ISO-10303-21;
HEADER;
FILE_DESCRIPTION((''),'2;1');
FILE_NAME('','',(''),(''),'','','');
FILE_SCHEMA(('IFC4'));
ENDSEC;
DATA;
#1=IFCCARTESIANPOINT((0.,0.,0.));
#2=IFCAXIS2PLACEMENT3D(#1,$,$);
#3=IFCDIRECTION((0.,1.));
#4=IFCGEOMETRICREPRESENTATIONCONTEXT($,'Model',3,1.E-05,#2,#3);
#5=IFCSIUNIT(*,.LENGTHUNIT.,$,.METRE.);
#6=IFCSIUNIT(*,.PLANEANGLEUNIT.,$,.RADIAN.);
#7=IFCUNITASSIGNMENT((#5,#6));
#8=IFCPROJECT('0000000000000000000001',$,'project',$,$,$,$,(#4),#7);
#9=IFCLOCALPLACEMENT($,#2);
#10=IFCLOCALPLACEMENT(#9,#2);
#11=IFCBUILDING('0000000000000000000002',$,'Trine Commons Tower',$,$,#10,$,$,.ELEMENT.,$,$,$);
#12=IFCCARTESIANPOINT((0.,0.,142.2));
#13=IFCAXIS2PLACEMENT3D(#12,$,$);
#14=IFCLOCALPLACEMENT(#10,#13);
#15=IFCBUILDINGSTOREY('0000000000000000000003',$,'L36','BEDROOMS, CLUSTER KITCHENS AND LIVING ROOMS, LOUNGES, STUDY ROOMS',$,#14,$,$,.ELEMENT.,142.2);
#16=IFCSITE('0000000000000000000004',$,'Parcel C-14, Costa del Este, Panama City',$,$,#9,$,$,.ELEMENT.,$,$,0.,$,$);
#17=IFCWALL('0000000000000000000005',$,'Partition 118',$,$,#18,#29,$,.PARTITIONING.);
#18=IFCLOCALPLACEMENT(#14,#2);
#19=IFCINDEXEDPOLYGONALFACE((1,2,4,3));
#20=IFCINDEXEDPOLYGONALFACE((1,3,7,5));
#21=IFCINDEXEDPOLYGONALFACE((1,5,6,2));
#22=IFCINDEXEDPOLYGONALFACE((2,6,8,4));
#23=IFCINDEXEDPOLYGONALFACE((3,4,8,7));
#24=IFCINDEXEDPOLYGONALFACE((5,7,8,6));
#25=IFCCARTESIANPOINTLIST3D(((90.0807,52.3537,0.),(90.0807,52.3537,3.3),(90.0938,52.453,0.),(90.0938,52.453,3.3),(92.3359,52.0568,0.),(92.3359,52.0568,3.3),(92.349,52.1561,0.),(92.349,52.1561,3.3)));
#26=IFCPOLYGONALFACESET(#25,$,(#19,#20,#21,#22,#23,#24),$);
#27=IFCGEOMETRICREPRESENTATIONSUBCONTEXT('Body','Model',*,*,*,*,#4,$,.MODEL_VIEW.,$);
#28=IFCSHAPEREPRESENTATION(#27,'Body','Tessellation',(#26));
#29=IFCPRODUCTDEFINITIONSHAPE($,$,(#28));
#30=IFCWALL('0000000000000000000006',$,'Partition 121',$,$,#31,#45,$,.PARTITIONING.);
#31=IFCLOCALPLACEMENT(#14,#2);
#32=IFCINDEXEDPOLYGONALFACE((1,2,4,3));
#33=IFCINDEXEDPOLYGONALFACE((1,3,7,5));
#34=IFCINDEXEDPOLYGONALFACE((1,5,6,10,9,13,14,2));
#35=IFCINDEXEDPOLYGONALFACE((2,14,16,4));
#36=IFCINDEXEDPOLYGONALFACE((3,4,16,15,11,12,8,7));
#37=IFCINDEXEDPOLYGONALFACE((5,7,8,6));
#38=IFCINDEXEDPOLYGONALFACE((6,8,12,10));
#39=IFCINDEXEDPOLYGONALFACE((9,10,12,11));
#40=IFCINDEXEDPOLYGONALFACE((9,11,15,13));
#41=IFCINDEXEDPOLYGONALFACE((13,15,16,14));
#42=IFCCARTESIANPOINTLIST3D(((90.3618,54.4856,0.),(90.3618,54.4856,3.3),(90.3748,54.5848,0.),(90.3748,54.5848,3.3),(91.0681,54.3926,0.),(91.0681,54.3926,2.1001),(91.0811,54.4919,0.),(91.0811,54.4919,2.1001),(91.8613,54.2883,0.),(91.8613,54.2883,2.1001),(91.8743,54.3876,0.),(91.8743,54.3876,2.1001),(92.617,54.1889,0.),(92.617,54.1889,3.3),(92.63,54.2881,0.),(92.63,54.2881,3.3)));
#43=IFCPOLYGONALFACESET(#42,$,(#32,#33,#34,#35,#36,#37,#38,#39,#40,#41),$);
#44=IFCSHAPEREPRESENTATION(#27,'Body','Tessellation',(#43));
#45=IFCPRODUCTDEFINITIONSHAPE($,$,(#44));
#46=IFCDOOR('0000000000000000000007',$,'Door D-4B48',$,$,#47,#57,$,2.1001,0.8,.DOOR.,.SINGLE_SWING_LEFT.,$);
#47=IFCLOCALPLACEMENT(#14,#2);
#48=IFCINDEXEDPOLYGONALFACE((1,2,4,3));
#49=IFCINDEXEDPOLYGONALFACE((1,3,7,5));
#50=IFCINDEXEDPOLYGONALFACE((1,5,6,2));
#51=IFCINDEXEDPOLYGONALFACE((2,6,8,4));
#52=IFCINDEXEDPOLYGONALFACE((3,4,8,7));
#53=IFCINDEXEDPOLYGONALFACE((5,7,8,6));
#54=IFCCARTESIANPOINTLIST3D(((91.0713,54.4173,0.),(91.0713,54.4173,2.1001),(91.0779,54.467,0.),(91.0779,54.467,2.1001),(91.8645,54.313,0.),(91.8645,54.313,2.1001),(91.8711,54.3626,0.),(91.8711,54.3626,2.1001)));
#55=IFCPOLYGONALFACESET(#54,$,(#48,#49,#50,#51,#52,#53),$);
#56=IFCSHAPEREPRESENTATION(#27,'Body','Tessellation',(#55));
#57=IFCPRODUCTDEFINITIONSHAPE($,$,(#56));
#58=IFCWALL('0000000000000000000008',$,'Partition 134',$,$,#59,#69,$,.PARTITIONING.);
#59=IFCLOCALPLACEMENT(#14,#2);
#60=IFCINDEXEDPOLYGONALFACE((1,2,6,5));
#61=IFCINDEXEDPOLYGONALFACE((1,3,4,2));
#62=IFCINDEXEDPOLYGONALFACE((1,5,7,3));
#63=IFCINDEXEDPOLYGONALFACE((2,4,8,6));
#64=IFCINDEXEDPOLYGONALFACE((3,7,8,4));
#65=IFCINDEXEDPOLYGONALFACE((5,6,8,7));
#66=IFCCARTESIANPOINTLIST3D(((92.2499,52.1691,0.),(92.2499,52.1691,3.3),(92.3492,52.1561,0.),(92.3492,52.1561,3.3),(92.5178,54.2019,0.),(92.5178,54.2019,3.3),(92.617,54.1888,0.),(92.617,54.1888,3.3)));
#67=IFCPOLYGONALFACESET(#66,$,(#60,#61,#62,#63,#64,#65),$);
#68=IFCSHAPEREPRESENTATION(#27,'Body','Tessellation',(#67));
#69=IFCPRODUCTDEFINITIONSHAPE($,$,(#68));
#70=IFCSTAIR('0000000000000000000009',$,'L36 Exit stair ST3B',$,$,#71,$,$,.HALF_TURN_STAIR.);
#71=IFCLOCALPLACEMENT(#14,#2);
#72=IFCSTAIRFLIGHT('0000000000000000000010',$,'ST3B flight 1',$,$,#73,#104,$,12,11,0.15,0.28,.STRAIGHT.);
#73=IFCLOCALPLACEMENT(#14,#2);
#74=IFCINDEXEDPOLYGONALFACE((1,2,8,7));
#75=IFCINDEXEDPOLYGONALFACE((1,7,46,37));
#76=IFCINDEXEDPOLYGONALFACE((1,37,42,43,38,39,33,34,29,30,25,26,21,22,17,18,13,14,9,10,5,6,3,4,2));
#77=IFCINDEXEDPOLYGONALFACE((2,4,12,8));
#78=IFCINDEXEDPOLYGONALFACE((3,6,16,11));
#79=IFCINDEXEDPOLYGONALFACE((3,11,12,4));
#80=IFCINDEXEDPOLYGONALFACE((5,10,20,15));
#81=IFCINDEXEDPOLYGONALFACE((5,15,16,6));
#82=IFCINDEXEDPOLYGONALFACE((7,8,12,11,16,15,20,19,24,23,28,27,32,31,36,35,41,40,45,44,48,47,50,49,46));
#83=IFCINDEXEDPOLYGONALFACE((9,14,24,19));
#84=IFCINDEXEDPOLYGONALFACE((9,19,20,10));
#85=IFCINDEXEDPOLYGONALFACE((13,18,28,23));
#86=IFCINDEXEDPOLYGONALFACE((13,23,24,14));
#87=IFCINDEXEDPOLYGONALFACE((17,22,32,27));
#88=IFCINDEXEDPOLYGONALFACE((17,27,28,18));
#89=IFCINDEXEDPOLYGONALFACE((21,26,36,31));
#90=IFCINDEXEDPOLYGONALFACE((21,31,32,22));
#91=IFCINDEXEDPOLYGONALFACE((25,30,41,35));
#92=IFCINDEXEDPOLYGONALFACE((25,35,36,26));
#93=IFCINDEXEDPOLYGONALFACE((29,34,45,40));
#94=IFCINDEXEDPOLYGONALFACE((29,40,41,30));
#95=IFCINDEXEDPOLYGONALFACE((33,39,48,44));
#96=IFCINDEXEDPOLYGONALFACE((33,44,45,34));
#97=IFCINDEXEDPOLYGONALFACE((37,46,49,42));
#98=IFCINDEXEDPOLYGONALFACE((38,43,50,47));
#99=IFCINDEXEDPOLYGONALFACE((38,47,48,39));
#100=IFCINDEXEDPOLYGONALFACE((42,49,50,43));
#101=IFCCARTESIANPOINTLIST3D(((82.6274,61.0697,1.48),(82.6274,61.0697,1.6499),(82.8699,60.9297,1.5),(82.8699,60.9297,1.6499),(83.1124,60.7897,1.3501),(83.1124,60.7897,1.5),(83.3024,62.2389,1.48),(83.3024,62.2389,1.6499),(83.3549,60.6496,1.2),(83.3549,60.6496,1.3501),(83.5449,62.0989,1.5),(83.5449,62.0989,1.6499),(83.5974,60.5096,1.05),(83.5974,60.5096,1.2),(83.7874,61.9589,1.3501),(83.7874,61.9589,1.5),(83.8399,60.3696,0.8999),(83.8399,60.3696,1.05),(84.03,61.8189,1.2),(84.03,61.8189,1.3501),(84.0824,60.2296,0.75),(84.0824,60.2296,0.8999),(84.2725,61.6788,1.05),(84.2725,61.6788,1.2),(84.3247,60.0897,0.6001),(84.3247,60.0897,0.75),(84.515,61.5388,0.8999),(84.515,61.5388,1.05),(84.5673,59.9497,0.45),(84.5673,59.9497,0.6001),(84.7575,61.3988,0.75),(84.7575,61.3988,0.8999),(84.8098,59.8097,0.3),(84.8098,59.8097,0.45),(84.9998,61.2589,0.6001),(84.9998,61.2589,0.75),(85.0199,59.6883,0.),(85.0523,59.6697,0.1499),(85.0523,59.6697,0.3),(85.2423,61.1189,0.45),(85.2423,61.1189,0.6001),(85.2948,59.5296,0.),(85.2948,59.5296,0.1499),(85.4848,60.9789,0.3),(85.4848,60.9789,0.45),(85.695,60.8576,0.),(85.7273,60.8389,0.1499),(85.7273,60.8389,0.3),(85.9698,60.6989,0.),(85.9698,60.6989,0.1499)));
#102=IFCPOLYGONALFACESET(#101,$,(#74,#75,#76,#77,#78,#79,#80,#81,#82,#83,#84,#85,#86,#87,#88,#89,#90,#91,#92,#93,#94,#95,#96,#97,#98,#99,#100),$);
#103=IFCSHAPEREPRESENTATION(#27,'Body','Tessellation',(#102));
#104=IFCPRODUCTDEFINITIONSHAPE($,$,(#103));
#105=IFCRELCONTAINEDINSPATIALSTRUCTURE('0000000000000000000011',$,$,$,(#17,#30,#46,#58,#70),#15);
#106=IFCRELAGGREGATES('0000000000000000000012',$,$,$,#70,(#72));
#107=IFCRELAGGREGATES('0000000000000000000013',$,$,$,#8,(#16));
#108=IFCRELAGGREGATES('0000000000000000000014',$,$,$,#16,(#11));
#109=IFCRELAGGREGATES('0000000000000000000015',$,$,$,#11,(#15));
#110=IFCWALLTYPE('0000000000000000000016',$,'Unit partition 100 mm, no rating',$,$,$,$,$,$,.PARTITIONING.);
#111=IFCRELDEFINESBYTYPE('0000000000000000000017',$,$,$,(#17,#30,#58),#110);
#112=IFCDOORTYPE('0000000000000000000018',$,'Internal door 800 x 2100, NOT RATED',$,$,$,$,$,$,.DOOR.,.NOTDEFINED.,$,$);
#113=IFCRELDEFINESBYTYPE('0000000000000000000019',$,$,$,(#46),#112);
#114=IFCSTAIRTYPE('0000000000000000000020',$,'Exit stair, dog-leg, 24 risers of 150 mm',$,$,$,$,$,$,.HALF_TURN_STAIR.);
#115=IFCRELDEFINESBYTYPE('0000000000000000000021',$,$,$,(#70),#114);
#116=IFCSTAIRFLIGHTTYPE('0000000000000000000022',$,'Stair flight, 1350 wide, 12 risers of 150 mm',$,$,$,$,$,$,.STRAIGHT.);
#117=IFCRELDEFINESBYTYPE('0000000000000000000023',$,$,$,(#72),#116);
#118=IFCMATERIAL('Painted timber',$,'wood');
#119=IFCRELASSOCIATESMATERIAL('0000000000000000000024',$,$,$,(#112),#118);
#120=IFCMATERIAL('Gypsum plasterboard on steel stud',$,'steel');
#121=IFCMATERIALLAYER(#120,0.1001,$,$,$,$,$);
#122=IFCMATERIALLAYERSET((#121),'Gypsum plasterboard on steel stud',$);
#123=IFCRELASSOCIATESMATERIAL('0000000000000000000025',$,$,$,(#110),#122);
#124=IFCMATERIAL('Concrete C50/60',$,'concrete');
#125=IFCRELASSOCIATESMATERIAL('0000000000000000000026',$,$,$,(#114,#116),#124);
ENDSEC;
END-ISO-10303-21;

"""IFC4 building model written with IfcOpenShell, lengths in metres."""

from ifc_helpers import new_model, si_unit, direction, frame, frame_2d, origin, place, context, subcontext, project, spatial, polyline, rectangle, outline, extrude, material, layer, layer_set, type_object, element, fill, aggregate, save


model = new_model("IFC4")

# Units and contexts
model_context = context("Model", 3, precision=1e-05, world=origin(), true_north=direction((0.0, 1.0)))
body_context = subcontext(model_context, "Body", "Model", "MODEL_VIEW")
ifc_project = project(units=[si_unit("LENGTHUNIT", "METRE"), si_unit("PLANEANGLEUNIT", "RADIAN")], contexts=[model_context])

# Site, building, storey
site_placement = place(None, origin())
site = spatial("IfcSite", under=ifc_project, at=site_placement, Name="Parcel C-14, Costa del Este, Panama City", CompositionType="ELEMENT", RefElevation=0.0)
building_placement = place(site_placement, origin())
building = spatial("IfcBuilding", under=site, at=building_placement, Name="Trine Commons Tower", CompositionType="ELEMENT")
storey_placement = place(building_placement, frame((0.0, 0.0, 142.2)))
storey = spatial("IfcBuildingStorey", under=building, at=storey_placement, Name="L36", Description="BEDROOMS, CLUSTER KITCHENS AND LIVING ROOMS, LOUNGES, STUDY ROOMS", CompositionType="ELEMENT", Elevation=142.2)

# Shared definitions
ifc_material_1 = material(Name="Concrete C50/60", Category="concrete")

# Shared definitions
ifc_material_2 = material(Name="Gypsum plasterboard on steel stud", Category="steel")

# Shared definitions
ifc_material_3 = material(Name="Painted timber", Category="wood")
door_type_1 = type_object("IfcDoorType", Name="Internal door 800 x 2100, NOT RATED", OperationType="NOTDEFINED", PredefinedType="DOOR", material=ifc_material_3)

# Wall
ifc_layer_1 = layer(ifc_material_2, 0.1001)
ifc_layer_set_1 = layer_set([ifc_layer_1], Name="Gypsum plasterboard on steel stud")
wall_type_1 = type_object("IfcWallType", Name="Unit partition 100 mm, no rating", PredefinedType="PARTITIONING", material=ifc_layer_set_1)
wall_1_placement = place(storey_placement, frame((90.0874, 52.4033, 0.0), z_axis=(0.0, 0.0, 1.0), x_axis=(0.991446, -0.130518, 0.0)))
element("IfcWall", 1, at=wall_1_placement, inside=storey, type_object=wall_type_1, Name="Partition 118", PredefinedType="PARTITIONING", context=body_context, shape_type="SweptSolid", body=[
    extrude(rectangle(XDim=2.2747, YDim=0.1001, at=frame_2d((1.1372, 0.0))), origin(), (0.0, 0.0, 1.0), 3.3),
])

# Wall, opening, door
wall_2_placement = place(storey_placement, frame((90.3684, 54.5352, 0.0), z_axis=(0.0, 0.0, 1.0), x_axis=(0.99146, -0.130413, 0.0)))
wall_2 = element("IfcWall", 2, at=wall_2_placement, inside=storey, type_object=wall_type_1, Name="Partition 121", PredefinedType="PARTITIONING", context=body_context, shape_type="SweptSolid", body=[
    extrude(rectangle(XDim=2.2747, YDim=0.1001, at=frame_2d((1.1372, 0.0))), origin(), (0.0, 0.0, 1.0), 3.3),
])
opening_1_placement = place(wall_2_placement, frame((0.7124, 0.0, 0.0)))
opening_1 = element("IfcOpeningElement", 3, at=opening_1_placement, cuts=wall_2, PredefinedType="OPENING", context=body_context, shape_type="SweptSolid", body=[
    extrude(rectangle(XDim=0.8, YDim=2.1001, at=frame_2d((0.3999, 1.05))), frame((0.0, 0.0601, 0.0), z_axis=(0.0, -1.0, 0.0), x_axis=(1.0, 0.0, 0.0)), (0.0, 0.0, 1.0), 0.1201),
])
door_1_placement = place(opening_1_placement, origin())
door_1 = element("IfcDoor", 4, at=door_1_placement, inside=storey, type_object=door_type_1, Name="Door D-4B48", OperationType="SINGLE_SWING_LEFT", OverallHeight=2.1001, OverallWidth=0.8, PredefinedType="DOOR", context=body_context, shape_type="SweptSolid", body=[
    extrude(rectangle(XDim=0.8, YDim=2.1001, at=frame_2d((0.3999, 1.05))), frame((0.0, 0.0249, 0.0), z_axis=(0.0, -1.0, 0.0), x_axis=(1.0, 0.0, 0.0)), (0.0, 0.0, 1.0), 0.05),
])
fill(opening_1, door_1)

# Wall
wall_3_placement = place(storey_placement, frame((92.2996, 52.1626, 0.0), z_axis=(0.0, 0.0, 1.0), x_axis=(0.130627, 0.991432, 0.0)))
element("IfcWall", 5, at=wall_3_placement, inside=storey, type_object=wall_type_1, Name="Partition 134", PredefinedType="PARTITIONING", context=body_context, shape_type="SweptSolid", body=[
    extrude(rectangle(XDim=2.0503, YDim=0.1001, at=frame_2d((1.0251, 0.0))), origin(), (0.0, 0.0, 1.0), 3.3),
])

# Stair, stair flight
stair_type = type_object("IfcStairType", Name="Exit stair, dog-leg, 24 risers of 150 mm", PredefinedType="HALF_TURN_STAIR", material=ifc_material_1)
stair_placement = place(storey_placement, origin())
stair = element("IfcStair", 6, at=stair_placement, inside=storey, type_object=stair_type, Name="L36 Exit stair ST3B", PredefinedType="HALF_TURN_STAIR")
stair_flight_type = type_object("IfcStairFlightType", Name="Stair flight, 1350 wide, 12 risers of 150 mm", PredefinedType="STRAIGHT", material=ifc_material_1)
stair_flight_placement = place(storey_placement, frame((85.6323, 60.1143, 0.0), z_axis=(0.0, 0.0, 1.0), x_axis=(-0.866025, 0.5, 0.0)))
stair_flight = element("IfcStairFlight", 7, at=stair_flight_placement, type_object=stair_flight_type, Name="ST3B flight 1", NumberOfRisers=12, NumberOfTreads=11, PredefinedType="STRAIGHT", RiserHeight=0.15, TreadLength=0.28, context=body_context, shape_type="SweptSolid", body=[
    extrude(outline(polyline([(0.0, 0.0), (0.0, 0.1499), (0.28, 0.1499), (0.28, 0.3), (0.5601, 0.3), (0.5601, 0.45), (0.8401, 0.45), (0.8401, 0.6001), (1.1201, 0.6001), (1.1201, 0.75), (1.3999, 0.75), (1.3999, 0.8999), (1.6799, 0.8999), (1.6799, 1.05), (1.96, 1.05), (1.96, 1.2), (2.24, 1.2), (2.24, 1.3501), (2.52, 1.3501), (2.52, 1.5), (2.8, 1.5), (2.8, 1.6499), (3.0801, 1.6499), (3.0801, 1.8), (3.0801, 1.48), (0.3174, 0.0), (0.0, 0.0)])), frame((0.0, 0.675, 0.0), z_axis=(0.0, -1.0, 0.0), x_axis=(1.0, 0.0, 0.0)), (0.0, 0.0, 1.0), 1.3501),
])
aggregate(stair, [stair_flight])

save(model, "model.ifc")
